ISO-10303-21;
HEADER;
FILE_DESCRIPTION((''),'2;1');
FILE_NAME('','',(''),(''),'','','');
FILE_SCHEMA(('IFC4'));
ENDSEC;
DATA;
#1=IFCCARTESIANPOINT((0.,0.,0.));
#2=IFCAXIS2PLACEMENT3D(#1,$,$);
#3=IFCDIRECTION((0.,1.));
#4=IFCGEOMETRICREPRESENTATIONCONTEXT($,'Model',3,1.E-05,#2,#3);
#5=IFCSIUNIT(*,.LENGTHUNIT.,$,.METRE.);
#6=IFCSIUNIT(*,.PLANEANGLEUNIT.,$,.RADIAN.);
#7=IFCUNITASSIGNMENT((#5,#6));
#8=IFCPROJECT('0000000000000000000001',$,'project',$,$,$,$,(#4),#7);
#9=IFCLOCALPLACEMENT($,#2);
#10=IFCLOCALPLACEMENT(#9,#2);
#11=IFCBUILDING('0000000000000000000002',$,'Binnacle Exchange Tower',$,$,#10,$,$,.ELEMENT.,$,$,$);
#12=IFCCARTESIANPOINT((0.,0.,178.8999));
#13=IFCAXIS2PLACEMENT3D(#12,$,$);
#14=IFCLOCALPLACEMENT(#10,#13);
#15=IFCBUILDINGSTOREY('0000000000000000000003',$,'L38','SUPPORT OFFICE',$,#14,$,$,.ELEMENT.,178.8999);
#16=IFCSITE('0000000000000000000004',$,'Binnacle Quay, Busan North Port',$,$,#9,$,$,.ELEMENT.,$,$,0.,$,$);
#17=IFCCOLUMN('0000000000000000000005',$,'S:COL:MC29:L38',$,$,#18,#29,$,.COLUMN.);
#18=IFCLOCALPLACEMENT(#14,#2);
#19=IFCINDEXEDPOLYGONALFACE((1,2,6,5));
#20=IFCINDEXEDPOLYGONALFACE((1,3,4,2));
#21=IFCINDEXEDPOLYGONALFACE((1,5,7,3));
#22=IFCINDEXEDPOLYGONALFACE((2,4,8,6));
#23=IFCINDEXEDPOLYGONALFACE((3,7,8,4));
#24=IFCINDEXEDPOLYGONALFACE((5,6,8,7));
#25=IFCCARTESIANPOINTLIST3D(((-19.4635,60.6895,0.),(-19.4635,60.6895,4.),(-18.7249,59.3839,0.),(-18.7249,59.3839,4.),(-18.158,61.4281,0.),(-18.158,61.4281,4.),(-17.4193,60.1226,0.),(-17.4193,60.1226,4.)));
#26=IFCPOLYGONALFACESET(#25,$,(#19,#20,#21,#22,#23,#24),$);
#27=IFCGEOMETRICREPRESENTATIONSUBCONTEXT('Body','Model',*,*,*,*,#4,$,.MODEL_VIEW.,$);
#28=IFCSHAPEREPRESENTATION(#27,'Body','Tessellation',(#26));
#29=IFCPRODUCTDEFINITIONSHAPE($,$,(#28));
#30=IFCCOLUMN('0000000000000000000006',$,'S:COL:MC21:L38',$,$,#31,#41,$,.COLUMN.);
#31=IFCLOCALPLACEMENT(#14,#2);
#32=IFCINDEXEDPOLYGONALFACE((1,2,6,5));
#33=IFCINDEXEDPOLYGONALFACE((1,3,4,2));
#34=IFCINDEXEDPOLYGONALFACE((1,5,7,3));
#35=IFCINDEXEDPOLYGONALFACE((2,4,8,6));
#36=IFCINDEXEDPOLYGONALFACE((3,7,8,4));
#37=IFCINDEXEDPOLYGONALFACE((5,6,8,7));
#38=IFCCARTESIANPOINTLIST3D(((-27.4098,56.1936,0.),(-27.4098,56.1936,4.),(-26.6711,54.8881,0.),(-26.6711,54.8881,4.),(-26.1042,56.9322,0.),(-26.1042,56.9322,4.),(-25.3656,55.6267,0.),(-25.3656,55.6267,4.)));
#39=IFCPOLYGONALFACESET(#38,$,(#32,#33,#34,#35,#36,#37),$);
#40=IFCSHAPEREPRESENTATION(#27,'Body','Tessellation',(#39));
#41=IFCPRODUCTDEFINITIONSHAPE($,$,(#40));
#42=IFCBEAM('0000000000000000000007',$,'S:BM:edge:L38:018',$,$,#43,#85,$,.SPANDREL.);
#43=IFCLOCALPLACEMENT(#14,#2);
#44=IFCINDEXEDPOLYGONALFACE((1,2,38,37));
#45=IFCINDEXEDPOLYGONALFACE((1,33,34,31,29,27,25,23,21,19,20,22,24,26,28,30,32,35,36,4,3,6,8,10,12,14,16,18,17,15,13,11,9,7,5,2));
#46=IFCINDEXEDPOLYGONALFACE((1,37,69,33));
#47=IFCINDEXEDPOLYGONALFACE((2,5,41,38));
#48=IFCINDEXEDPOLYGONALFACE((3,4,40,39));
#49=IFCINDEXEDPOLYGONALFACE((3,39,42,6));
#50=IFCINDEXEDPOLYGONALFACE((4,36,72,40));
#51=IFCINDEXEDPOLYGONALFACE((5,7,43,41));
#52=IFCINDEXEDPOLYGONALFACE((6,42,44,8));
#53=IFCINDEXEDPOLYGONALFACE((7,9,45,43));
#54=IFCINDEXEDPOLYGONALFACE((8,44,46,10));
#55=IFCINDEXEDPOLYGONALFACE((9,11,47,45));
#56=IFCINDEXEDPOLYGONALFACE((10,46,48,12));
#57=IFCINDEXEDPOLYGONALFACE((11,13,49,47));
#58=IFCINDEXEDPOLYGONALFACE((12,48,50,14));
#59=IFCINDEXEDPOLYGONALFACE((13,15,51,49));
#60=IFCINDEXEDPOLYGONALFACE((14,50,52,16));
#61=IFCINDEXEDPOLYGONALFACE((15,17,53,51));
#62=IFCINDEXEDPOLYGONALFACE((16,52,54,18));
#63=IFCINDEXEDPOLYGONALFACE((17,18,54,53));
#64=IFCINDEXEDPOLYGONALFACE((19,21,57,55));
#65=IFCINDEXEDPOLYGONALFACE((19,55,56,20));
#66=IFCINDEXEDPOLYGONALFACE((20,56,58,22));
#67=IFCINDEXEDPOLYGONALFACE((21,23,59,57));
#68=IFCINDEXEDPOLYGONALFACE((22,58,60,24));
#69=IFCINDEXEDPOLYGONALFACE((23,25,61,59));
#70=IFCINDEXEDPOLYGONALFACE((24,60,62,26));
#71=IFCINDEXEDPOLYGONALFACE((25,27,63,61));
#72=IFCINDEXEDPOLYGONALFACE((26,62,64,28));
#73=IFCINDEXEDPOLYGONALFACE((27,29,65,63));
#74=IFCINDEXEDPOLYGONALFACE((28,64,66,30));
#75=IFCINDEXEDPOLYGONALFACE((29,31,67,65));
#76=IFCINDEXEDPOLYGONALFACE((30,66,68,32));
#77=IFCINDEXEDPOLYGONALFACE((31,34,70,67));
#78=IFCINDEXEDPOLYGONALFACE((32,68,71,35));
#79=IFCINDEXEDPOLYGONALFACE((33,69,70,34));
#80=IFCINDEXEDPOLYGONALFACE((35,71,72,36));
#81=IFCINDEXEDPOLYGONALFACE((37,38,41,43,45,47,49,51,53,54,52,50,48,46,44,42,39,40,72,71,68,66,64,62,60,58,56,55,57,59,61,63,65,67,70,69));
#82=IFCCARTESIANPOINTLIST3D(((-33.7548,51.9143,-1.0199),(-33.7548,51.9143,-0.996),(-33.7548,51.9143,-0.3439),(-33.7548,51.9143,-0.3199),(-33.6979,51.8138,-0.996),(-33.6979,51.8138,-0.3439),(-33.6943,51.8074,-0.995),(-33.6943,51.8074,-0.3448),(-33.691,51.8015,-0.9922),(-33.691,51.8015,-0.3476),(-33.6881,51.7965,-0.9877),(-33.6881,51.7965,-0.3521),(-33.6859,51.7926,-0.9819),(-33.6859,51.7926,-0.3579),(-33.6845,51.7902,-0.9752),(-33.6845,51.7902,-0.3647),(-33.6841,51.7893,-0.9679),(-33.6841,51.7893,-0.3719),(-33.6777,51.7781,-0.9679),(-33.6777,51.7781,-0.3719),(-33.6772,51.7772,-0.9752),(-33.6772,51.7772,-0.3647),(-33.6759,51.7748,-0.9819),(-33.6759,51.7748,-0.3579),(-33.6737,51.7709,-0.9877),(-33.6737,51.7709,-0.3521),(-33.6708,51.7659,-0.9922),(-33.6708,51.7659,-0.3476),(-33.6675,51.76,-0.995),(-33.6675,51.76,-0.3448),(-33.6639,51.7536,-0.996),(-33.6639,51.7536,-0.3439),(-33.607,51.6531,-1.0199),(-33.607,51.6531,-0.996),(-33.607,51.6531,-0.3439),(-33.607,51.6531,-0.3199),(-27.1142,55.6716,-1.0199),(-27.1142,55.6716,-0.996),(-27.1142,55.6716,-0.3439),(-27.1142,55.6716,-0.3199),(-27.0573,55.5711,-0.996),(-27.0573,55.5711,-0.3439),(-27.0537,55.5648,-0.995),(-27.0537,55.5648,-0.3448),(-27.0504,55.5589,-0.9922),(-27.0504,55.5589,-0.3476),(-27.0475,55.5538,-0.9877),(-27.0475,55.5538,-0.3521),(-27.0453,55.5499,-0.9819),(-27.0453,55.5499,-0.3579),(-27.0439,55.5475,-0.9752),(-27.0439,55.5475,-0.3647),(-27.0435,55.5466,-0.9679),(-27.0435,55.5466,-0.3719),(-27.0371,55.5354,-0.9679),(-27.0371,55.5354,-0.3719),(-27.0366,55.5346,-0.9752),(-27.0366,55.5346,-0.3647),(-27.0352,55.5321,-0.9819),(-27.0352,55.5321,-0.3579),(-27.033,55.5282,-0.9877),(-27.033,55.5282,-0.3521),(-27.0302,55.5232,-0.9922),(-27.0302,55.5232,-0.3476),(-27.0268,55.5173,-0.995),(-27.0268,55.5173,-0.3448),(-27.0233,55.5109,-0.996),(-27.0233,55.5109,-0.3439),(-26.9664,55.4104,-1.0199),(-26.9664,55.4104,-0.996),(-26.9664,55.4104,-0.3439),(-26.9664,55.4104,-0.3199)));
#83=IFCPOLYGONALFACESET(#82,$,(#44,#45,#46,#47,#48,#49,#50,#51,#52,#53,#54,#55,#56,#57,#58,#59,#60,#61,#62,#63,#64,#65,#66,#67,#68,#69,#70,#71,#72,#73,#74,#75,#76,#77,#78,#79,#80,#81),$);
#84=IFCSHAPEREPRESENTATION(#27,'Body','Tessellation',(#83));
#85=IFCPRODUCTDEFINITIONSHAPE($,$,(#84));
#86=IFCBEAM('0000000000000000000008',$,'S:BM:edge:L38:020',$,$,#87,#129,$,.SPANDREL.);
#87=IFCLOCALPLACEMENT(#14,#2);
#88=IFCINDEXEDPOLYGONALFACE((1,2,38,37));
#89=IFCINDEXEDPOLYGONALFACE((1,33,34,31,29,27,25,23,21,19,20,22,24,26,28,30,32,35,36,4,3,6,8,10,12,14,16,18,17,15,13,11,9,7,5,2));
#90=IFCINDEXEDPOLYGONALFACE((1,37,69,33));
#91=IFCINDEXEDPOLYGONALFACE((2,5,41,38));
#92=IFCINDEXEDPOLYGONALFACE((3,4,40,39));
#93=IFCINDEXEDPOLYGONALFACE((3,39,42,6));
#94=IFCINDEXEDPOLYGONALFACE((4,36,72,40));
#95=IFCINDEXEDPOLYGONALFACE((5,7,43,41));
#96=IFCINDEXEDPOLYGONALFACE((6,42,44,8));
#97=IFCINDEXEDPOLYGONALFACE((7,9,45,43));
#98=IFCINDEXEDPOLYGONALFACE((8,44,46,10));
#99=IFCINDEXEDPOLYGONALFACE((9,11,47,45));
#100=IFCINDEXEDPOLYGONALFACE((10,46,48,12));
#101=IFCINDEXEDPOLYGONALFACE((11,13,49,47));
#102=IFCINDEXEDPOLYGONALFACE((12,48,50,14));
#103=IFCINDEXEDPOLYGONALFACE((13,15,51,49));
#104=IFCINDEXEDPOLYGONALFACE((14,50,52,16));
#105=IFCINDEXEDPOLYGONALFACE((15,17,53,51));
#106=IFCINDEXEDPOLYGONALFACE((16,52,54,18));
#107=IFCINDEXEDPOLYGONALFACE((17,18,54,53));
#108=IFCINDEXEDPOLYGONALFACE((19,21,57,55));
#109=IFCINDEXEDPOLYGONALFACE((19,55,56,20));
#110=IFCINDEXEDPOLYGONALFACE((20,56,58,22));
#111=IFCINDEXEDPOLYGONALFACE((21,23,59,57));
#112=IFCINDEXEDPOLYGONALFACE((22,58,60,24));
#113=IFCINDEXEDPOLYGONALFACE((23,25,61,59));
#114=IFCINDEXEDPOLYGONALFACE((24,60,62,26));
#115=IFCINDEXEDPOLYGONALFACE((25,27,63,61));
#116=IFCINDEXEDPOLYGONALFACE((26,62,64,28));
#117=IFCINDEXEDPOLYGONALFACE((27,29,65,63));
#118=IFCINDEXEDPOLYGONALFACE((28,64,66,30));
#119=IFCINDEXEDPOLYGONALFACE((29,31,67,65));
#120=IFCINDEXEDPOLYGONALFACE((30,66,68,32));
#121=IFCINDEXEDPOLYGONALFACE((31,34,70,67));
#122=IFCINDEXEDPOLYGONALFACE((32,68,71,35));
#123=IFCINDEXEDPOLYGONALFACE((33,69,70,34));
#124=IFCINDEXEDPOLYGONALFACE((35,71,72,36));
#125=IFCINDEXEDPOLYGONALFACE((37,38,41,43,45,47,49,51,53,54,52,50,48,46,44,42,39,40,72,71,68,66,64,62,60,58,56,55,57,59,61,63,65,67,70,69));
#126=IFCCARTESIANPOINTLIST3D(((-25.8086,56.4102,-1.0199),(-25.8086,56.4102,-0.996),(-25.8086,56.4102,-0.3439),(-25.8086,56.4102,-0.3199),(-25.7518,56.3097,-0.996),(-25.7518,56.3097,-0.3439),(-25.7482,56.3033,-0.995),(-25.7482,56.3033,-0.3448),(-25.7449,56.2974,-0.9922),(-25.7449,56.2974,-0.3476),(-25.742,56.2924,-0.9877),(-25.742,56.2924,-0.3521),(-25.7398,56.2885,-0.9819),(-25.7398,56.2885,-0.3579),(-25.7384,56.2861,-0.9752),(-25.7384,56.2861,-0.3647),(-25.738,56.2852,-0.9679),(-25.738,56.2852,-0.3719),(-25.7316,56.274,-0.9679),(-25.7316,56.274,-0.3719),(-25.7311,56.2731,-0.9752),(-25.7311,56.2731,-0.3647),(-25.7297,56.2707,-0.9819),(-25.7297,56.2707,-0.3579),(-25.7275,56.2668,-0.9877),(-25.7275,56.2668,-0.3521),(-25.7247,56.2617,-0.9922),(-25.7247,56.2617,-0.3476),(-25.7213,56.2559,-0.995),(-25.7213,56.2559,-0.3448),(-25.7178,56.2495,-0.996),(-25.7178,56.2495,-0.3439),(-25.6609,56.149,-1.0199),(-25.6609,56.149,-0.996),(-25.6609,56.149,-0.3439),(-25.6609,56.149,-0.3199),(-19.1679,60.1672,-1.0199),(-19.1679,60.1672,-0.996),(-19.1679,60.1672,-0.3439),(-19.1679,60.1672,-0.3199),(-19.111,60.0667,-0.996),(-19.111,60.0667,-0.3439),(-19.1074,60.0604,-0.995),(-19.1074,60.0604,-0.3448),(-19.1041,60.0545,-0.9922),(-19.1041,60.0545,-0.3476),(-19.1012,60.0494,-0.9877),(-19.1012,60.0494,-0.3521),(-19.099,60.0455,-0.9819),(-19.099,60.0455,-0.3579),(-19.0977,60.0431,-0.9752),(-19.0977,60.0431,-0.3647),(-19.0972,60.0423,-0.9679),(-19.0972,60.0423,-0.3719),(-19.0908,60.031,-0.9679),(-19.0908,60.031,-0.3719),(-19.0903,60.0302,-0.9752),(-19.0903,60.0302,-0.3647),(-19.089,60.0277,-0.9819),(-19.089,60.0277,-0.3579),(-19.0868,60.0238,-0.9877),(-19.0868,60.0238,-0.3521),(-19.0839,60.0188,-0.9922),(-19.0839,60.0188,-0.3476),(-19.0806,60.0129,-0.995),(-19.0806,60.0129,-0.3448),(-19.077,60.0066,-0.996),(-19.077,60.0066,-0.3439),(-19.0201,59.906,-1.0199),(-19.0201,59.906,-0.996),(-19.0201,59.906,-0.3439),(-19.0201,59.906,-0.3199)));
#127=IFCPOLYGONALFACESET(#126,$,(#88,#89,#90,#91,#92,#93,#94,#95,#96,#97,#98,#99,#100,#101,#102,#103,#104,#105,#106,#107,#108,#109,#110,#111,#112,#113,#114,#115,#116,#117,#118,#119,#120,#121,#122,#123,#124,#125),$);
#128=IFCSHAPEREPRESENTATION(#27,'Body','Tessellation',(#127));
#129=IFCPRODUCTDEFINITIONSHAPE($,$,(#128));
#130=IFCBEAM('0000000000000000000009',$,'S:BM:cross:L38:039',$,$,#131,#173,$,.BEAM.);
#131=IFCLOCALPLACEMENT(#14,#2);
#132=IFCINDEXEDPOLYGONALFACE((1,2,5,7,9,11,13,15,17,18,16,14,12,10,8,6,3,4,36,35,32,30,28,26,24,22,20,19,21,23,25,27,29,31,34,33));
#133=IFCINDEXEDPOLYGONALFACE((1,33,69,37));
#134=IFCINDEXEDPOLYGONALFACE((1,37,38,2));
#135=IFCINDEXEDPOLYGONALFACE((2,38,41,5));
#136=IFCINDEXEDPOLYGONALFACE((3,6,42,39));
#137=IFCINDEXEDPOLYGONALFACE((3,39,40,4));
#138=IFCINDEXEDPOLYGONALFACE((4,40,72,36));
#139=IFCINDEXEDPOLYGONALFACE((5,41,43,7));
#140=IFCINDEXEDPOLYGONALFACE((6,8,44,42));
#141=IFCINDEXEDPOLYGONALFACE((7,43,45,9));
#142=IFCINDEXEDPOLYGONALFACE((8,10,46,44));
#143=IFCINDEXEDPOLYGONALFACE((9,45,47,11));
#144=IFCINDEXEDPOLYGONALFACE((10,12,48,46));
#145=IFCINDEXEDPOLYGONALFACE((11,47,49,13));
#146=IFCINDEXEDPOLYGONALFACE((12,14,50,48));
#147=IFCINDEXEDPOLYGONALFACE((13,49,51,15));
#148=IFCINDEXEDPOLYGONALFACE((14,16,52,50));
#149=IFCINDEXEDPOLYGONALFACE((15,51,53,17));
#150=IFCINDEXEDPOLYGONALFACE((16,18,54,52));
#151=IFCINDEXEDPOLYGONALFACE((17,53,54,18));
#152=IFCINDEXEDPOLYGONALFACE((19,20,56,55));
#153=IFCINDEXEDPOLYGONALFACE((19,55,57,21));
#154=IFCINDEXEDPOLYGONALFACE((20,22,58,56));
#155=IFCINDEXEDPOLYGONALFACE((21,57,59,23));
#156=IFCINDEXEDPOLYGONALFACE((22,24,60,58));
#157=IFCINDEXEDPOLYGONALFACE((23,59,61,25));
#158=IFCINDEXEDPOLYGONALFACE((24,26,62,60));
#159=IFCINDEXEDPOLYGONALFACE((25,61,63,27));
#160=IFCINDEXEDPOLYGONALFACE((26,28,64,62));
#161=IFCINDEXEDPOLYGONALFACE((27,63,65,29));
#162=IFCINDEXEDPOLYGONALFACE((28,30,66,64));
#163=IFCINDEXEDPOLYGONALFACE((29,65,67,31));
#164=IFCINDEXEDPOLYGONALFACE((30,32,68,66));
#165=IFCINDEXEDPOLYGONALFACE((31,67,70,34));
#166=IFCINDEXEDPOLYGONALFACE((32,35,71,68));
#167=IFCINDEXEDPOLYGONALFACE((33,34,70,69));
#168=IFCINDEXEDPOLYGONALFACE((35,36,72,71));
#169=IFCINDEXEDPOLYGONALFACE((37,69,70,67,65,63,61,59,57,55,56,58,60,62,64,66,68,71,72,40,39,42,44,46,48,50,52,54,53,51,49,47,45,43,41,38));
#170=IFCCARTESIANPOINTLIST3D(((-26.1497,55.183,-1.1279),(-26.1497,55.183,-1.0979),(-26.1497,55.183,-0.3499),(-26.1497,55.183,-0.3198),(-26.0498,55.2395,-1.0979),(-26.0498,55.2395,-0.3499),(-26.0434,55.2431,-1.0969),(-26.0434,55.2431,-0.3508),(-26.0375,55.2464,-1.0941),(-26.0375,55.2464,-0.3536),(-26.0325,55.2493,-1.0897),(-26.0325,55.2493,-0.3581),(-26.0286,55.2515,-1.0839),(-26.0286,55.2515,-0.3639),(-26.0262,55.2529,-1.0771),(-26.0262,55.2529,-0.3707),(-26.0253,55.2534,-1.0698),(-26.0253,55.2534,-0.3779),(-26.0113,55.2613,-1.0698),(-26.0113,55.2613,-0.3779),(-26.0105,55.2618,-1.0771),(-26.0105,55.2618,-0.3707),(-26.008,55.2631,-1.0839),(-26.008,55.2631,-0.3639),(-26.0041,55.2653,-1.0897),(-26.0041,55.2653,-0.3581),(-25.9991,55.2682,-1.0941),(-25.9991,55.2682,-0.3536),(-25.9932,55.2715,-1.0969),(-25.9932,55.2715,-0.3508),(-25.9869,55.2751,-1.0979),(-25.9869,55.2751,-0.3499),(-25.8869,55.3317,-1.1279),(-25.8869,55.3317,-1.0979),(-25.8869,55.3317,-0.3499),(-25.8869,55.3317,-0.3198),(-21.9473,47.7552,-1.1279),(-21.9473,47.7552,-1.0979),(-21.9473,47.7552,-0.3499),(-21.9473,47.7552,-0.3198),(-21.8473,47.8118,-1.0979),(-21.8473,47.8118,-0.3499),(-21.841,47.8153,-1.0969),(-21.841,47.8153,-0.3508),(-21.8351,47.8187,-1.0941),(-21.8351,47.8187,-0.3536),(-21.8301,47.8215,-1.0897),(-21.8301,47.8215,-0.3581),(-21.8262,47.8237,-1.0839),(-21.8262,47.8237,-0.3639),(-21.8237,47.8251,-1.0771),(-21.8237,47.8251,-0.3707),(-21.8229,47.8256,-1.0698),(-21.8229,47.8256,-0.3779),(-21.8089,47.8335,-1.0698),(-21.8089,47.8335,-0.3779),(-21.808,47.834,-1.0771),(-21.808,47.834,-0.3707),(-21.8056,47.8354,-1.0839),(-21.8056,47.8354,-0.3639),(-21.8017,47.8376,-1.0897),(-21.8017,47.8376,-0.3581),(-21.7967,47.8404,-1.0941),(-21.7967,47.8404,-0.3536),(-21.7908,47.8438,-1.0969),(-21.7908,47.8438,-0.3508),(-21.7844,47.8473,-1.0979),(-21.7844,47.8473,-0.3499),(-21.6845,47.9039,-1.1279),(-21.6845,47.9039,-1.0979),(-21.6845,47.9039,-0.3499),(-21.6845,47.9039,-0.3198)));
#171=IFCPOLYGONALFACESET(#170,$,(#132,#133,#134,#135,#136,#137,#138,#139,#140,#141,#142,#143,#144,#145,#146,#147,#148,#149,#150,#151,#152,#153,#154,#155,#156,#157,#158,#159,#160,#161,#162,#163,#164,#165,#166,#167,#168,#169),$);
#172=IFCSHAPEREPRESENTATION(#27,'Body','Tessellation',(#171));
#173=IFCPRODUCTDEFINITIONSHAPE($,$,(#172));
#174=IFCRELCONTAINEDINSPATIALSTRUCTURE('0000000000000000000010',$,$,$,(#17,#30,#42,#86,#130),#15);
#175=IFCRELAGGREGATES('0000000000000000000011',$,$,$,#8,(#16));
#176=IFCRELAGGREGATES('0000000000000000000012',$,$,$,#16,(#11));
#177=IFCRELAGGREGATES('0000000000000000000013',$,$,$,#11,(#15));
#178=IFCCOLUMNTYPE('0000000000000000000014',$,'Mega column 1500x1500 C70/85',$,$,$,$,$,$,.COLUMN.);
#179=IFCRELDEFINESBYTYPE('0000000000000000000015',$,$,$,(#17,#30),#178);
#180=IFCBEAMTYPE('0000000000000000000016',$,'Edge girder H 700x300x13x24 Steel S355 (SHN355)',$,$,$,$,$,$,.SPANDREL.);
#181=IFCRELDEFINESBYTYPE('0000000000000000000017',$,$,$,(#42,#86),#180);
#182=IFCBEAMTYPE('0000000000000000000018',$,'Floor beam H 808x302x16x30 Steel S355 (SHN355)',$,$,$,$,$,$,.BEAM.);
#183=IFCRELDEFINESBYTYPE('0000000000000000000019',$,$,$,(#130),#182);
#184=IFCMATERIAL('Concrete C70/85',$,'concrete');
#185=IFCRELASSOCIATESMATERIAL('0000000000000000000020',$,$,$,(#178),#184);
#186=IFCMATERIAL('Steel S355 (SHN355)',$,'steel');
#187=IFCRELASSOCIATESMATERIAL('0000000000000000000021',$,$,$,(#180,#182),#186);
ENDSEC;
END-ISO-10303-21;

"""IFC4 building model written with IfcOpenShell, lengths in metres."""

from ifc_helpers import new_model, si_unit, direction, frame, origin, origin_2d, place, context, subcontext, project, spatial, rectangle, i_section, extrude, material, material_profile, profile_set, type_object, element, save


model = new_model("IFC4")

# Units and contexts
model_context = context("Model", 3, precision=1e-05, world=origin(), true_north=direction((0.0, 1.0)))
body_context = subcontext(model_context, "Body", "Model", "MODEL_VIEW")
ifc_project = project(units=[si_unit("LENGTHUNIT", "METRE"), si_unit("PLANEANGLEUNIT", "RADIAN")], contexts=[model_context])

# Site, building, storey
site_placement = place(None, origin())
site = spatial("IfcSite", under=ifc_project, at=site_placement, Name="Binnacle Quay, Busan North Port", CompositionType="ELEMENT", RefElevation=0.0)
building_placement = place(site_placement, origin())
building = spatial("IfcBuilding", under=site, at=building_placement, Name="Binnacle Exchange Tower", CompositionType="ELEMENT")
storey_placement = place(building_placement, frame((0.0, 0.0, 178.8999)))
storey = spatial("IfcBuildingStorey", under=building, at=storey_placement, Name="L38", Description="SUPPORT OFFICE", CompositionType="ELEMENT", Elevation=178.8999)

# Columns
ifc_material_1 = material(Name="Concrete C70/85", Category="concrete")
ifc_material_profile_1 = material_profile(ifc_material_1, rectangle(XDim=1.5, YDim=1.5, at=origin_2d()), Name="Mega column 1500x1500 C70/85")
ifc_profile_set_1 = profile_set([ifc_material_profile_1], Name="Concrete C70/85")
column_type = type_object("IfcColumnType", Name="Mega column 1500x1500 C70/85", PredefinedType="COLUMN", material=ifc_profile_set_1)
for number, where, z_axis, x_axis, name in (
    (1, (-18.4414, 60.406, 0.0), (0.0, 0.0, 1.0), (-0.870356, -0.492424, 0.0), "S:COL:MC29:L38"),
    (2, (-26.3877, 55.9102, 0.0), (0.0, 0.0, 1.0), (-0.870356, -0.492424, 0.0), "S:COL:MC21:L38"),
):
    element("IfcColumn", number, at=place(storey_placement, frame(where, z_axis=z_axis, x_axis=x_axis)), inside=storey, type_object=column_type, Name=name, PredefinedType="COLUMN", context=body_context, shape_type="SweptSolid", body=[
        extrude(rectangle(XDim=1.5, YDim=1.5, at=origin_2d()), origin(), (0.0, 0.0, 1.0), 4.0),
    ])

# Beams
ifc_material_2 = material(Name="Steel S355 (SHN355)", Category="steel")
ifc_material_profile_2 = material_profile(ifc_material_2, i_section(OverallWidth=0.3, OverallDepth=0.7, WebThickness=0.0129, FlangeThickness=0.0239, FilletRadius=0.0281, at=origin_2d()), Name="H 700x300x13x24")
ifc_profile_set_2 = profile_set([ifc_material_profile_2], Name="Steel S355 (SHN355)")
beam_type_1 = type_object("IfcBeamType", Name="Edge girder H 700x300x13x24 Steel S355 (SHN355)", PredefinedType="SPANDREL", material=ifc_profile_set_2)
for number, where, z_axis, x_axis, name in (
    (3, (-27.0403, 55.541, -0.6699), (-0.870342, -0.492447, 0.0), (0.492447, -0.870342, 0.0), "S:BM:edge:L38:018"),
    (4, (-19.094, 60.0366, -0.6699), (-0.870364, -0.492409, 0.0), (0.492409, -0.870364, 0.0), "S:BM:edge:L38:020"),
):
    element("IfcBeam", number, at=place(storey_placement, frame(where, z_axis=z_axis, x_axis=x_axis)), inside=storey, type_object=beam_type_1, Name=name, PredefinedType="SPANDREL", context=body_context, shape_type="SweptSolid", body=[
        extrude(i_section(OverallWidth=0.3, OverallDepth=0.7, WebThickness=0.0129, FlangeThickness=0.0239, FilletRadius=0.0281, at=origin_2d()), origin(), (0.0, 0.0, 1.0), 7.6299),
    ])
ifc_material_profile_3 = material_profile(ifc_material_2, i_section(OverallWidth=0.302, OverallDepth=0.8081, WebThickness=0.0161, FlangeThickness=0.03, FilletRadius=0.0281, at=origin_2d()), Name="H 808x302x16x30")
ifc_profile_set_3 = profile_set([ifc_material_profile_3], Name="Steel S355 (SHN355)")
beam_type_2 = type_object("IfcBeamType", Name="Floor beam H 808x302x16x30 Steel S355 (SHN355)", PredefinedType="BEAM", material=ifc_profile_set_3)
beam_1_placement = place(storey_placement, frame((-26.0183, 55.2573, -0.7239), z_axis=(0.492422, -0.870357, 0.0), x_axis=(0.870357, 0.492422, 0.0)))
element("IfcBeam", 5, at=beam_1_placement, inside=storey, type_object=beam_type_2, Name="S:BM:cross:L38:039", PredefinedType="BEAM", context=body_context, shape_type="SweptSolid", body=[
    extrude(i_section(OverallWidth=0.302, OverallDepth=0.8081, WebThickness=0.0161, FlangeThickness=0.03, FilletRadius=0.0281, at=origin_2d()), origin(), (0.0, 0.0, 1.0), 8.5342),
])

save(model, "model.ifc")
